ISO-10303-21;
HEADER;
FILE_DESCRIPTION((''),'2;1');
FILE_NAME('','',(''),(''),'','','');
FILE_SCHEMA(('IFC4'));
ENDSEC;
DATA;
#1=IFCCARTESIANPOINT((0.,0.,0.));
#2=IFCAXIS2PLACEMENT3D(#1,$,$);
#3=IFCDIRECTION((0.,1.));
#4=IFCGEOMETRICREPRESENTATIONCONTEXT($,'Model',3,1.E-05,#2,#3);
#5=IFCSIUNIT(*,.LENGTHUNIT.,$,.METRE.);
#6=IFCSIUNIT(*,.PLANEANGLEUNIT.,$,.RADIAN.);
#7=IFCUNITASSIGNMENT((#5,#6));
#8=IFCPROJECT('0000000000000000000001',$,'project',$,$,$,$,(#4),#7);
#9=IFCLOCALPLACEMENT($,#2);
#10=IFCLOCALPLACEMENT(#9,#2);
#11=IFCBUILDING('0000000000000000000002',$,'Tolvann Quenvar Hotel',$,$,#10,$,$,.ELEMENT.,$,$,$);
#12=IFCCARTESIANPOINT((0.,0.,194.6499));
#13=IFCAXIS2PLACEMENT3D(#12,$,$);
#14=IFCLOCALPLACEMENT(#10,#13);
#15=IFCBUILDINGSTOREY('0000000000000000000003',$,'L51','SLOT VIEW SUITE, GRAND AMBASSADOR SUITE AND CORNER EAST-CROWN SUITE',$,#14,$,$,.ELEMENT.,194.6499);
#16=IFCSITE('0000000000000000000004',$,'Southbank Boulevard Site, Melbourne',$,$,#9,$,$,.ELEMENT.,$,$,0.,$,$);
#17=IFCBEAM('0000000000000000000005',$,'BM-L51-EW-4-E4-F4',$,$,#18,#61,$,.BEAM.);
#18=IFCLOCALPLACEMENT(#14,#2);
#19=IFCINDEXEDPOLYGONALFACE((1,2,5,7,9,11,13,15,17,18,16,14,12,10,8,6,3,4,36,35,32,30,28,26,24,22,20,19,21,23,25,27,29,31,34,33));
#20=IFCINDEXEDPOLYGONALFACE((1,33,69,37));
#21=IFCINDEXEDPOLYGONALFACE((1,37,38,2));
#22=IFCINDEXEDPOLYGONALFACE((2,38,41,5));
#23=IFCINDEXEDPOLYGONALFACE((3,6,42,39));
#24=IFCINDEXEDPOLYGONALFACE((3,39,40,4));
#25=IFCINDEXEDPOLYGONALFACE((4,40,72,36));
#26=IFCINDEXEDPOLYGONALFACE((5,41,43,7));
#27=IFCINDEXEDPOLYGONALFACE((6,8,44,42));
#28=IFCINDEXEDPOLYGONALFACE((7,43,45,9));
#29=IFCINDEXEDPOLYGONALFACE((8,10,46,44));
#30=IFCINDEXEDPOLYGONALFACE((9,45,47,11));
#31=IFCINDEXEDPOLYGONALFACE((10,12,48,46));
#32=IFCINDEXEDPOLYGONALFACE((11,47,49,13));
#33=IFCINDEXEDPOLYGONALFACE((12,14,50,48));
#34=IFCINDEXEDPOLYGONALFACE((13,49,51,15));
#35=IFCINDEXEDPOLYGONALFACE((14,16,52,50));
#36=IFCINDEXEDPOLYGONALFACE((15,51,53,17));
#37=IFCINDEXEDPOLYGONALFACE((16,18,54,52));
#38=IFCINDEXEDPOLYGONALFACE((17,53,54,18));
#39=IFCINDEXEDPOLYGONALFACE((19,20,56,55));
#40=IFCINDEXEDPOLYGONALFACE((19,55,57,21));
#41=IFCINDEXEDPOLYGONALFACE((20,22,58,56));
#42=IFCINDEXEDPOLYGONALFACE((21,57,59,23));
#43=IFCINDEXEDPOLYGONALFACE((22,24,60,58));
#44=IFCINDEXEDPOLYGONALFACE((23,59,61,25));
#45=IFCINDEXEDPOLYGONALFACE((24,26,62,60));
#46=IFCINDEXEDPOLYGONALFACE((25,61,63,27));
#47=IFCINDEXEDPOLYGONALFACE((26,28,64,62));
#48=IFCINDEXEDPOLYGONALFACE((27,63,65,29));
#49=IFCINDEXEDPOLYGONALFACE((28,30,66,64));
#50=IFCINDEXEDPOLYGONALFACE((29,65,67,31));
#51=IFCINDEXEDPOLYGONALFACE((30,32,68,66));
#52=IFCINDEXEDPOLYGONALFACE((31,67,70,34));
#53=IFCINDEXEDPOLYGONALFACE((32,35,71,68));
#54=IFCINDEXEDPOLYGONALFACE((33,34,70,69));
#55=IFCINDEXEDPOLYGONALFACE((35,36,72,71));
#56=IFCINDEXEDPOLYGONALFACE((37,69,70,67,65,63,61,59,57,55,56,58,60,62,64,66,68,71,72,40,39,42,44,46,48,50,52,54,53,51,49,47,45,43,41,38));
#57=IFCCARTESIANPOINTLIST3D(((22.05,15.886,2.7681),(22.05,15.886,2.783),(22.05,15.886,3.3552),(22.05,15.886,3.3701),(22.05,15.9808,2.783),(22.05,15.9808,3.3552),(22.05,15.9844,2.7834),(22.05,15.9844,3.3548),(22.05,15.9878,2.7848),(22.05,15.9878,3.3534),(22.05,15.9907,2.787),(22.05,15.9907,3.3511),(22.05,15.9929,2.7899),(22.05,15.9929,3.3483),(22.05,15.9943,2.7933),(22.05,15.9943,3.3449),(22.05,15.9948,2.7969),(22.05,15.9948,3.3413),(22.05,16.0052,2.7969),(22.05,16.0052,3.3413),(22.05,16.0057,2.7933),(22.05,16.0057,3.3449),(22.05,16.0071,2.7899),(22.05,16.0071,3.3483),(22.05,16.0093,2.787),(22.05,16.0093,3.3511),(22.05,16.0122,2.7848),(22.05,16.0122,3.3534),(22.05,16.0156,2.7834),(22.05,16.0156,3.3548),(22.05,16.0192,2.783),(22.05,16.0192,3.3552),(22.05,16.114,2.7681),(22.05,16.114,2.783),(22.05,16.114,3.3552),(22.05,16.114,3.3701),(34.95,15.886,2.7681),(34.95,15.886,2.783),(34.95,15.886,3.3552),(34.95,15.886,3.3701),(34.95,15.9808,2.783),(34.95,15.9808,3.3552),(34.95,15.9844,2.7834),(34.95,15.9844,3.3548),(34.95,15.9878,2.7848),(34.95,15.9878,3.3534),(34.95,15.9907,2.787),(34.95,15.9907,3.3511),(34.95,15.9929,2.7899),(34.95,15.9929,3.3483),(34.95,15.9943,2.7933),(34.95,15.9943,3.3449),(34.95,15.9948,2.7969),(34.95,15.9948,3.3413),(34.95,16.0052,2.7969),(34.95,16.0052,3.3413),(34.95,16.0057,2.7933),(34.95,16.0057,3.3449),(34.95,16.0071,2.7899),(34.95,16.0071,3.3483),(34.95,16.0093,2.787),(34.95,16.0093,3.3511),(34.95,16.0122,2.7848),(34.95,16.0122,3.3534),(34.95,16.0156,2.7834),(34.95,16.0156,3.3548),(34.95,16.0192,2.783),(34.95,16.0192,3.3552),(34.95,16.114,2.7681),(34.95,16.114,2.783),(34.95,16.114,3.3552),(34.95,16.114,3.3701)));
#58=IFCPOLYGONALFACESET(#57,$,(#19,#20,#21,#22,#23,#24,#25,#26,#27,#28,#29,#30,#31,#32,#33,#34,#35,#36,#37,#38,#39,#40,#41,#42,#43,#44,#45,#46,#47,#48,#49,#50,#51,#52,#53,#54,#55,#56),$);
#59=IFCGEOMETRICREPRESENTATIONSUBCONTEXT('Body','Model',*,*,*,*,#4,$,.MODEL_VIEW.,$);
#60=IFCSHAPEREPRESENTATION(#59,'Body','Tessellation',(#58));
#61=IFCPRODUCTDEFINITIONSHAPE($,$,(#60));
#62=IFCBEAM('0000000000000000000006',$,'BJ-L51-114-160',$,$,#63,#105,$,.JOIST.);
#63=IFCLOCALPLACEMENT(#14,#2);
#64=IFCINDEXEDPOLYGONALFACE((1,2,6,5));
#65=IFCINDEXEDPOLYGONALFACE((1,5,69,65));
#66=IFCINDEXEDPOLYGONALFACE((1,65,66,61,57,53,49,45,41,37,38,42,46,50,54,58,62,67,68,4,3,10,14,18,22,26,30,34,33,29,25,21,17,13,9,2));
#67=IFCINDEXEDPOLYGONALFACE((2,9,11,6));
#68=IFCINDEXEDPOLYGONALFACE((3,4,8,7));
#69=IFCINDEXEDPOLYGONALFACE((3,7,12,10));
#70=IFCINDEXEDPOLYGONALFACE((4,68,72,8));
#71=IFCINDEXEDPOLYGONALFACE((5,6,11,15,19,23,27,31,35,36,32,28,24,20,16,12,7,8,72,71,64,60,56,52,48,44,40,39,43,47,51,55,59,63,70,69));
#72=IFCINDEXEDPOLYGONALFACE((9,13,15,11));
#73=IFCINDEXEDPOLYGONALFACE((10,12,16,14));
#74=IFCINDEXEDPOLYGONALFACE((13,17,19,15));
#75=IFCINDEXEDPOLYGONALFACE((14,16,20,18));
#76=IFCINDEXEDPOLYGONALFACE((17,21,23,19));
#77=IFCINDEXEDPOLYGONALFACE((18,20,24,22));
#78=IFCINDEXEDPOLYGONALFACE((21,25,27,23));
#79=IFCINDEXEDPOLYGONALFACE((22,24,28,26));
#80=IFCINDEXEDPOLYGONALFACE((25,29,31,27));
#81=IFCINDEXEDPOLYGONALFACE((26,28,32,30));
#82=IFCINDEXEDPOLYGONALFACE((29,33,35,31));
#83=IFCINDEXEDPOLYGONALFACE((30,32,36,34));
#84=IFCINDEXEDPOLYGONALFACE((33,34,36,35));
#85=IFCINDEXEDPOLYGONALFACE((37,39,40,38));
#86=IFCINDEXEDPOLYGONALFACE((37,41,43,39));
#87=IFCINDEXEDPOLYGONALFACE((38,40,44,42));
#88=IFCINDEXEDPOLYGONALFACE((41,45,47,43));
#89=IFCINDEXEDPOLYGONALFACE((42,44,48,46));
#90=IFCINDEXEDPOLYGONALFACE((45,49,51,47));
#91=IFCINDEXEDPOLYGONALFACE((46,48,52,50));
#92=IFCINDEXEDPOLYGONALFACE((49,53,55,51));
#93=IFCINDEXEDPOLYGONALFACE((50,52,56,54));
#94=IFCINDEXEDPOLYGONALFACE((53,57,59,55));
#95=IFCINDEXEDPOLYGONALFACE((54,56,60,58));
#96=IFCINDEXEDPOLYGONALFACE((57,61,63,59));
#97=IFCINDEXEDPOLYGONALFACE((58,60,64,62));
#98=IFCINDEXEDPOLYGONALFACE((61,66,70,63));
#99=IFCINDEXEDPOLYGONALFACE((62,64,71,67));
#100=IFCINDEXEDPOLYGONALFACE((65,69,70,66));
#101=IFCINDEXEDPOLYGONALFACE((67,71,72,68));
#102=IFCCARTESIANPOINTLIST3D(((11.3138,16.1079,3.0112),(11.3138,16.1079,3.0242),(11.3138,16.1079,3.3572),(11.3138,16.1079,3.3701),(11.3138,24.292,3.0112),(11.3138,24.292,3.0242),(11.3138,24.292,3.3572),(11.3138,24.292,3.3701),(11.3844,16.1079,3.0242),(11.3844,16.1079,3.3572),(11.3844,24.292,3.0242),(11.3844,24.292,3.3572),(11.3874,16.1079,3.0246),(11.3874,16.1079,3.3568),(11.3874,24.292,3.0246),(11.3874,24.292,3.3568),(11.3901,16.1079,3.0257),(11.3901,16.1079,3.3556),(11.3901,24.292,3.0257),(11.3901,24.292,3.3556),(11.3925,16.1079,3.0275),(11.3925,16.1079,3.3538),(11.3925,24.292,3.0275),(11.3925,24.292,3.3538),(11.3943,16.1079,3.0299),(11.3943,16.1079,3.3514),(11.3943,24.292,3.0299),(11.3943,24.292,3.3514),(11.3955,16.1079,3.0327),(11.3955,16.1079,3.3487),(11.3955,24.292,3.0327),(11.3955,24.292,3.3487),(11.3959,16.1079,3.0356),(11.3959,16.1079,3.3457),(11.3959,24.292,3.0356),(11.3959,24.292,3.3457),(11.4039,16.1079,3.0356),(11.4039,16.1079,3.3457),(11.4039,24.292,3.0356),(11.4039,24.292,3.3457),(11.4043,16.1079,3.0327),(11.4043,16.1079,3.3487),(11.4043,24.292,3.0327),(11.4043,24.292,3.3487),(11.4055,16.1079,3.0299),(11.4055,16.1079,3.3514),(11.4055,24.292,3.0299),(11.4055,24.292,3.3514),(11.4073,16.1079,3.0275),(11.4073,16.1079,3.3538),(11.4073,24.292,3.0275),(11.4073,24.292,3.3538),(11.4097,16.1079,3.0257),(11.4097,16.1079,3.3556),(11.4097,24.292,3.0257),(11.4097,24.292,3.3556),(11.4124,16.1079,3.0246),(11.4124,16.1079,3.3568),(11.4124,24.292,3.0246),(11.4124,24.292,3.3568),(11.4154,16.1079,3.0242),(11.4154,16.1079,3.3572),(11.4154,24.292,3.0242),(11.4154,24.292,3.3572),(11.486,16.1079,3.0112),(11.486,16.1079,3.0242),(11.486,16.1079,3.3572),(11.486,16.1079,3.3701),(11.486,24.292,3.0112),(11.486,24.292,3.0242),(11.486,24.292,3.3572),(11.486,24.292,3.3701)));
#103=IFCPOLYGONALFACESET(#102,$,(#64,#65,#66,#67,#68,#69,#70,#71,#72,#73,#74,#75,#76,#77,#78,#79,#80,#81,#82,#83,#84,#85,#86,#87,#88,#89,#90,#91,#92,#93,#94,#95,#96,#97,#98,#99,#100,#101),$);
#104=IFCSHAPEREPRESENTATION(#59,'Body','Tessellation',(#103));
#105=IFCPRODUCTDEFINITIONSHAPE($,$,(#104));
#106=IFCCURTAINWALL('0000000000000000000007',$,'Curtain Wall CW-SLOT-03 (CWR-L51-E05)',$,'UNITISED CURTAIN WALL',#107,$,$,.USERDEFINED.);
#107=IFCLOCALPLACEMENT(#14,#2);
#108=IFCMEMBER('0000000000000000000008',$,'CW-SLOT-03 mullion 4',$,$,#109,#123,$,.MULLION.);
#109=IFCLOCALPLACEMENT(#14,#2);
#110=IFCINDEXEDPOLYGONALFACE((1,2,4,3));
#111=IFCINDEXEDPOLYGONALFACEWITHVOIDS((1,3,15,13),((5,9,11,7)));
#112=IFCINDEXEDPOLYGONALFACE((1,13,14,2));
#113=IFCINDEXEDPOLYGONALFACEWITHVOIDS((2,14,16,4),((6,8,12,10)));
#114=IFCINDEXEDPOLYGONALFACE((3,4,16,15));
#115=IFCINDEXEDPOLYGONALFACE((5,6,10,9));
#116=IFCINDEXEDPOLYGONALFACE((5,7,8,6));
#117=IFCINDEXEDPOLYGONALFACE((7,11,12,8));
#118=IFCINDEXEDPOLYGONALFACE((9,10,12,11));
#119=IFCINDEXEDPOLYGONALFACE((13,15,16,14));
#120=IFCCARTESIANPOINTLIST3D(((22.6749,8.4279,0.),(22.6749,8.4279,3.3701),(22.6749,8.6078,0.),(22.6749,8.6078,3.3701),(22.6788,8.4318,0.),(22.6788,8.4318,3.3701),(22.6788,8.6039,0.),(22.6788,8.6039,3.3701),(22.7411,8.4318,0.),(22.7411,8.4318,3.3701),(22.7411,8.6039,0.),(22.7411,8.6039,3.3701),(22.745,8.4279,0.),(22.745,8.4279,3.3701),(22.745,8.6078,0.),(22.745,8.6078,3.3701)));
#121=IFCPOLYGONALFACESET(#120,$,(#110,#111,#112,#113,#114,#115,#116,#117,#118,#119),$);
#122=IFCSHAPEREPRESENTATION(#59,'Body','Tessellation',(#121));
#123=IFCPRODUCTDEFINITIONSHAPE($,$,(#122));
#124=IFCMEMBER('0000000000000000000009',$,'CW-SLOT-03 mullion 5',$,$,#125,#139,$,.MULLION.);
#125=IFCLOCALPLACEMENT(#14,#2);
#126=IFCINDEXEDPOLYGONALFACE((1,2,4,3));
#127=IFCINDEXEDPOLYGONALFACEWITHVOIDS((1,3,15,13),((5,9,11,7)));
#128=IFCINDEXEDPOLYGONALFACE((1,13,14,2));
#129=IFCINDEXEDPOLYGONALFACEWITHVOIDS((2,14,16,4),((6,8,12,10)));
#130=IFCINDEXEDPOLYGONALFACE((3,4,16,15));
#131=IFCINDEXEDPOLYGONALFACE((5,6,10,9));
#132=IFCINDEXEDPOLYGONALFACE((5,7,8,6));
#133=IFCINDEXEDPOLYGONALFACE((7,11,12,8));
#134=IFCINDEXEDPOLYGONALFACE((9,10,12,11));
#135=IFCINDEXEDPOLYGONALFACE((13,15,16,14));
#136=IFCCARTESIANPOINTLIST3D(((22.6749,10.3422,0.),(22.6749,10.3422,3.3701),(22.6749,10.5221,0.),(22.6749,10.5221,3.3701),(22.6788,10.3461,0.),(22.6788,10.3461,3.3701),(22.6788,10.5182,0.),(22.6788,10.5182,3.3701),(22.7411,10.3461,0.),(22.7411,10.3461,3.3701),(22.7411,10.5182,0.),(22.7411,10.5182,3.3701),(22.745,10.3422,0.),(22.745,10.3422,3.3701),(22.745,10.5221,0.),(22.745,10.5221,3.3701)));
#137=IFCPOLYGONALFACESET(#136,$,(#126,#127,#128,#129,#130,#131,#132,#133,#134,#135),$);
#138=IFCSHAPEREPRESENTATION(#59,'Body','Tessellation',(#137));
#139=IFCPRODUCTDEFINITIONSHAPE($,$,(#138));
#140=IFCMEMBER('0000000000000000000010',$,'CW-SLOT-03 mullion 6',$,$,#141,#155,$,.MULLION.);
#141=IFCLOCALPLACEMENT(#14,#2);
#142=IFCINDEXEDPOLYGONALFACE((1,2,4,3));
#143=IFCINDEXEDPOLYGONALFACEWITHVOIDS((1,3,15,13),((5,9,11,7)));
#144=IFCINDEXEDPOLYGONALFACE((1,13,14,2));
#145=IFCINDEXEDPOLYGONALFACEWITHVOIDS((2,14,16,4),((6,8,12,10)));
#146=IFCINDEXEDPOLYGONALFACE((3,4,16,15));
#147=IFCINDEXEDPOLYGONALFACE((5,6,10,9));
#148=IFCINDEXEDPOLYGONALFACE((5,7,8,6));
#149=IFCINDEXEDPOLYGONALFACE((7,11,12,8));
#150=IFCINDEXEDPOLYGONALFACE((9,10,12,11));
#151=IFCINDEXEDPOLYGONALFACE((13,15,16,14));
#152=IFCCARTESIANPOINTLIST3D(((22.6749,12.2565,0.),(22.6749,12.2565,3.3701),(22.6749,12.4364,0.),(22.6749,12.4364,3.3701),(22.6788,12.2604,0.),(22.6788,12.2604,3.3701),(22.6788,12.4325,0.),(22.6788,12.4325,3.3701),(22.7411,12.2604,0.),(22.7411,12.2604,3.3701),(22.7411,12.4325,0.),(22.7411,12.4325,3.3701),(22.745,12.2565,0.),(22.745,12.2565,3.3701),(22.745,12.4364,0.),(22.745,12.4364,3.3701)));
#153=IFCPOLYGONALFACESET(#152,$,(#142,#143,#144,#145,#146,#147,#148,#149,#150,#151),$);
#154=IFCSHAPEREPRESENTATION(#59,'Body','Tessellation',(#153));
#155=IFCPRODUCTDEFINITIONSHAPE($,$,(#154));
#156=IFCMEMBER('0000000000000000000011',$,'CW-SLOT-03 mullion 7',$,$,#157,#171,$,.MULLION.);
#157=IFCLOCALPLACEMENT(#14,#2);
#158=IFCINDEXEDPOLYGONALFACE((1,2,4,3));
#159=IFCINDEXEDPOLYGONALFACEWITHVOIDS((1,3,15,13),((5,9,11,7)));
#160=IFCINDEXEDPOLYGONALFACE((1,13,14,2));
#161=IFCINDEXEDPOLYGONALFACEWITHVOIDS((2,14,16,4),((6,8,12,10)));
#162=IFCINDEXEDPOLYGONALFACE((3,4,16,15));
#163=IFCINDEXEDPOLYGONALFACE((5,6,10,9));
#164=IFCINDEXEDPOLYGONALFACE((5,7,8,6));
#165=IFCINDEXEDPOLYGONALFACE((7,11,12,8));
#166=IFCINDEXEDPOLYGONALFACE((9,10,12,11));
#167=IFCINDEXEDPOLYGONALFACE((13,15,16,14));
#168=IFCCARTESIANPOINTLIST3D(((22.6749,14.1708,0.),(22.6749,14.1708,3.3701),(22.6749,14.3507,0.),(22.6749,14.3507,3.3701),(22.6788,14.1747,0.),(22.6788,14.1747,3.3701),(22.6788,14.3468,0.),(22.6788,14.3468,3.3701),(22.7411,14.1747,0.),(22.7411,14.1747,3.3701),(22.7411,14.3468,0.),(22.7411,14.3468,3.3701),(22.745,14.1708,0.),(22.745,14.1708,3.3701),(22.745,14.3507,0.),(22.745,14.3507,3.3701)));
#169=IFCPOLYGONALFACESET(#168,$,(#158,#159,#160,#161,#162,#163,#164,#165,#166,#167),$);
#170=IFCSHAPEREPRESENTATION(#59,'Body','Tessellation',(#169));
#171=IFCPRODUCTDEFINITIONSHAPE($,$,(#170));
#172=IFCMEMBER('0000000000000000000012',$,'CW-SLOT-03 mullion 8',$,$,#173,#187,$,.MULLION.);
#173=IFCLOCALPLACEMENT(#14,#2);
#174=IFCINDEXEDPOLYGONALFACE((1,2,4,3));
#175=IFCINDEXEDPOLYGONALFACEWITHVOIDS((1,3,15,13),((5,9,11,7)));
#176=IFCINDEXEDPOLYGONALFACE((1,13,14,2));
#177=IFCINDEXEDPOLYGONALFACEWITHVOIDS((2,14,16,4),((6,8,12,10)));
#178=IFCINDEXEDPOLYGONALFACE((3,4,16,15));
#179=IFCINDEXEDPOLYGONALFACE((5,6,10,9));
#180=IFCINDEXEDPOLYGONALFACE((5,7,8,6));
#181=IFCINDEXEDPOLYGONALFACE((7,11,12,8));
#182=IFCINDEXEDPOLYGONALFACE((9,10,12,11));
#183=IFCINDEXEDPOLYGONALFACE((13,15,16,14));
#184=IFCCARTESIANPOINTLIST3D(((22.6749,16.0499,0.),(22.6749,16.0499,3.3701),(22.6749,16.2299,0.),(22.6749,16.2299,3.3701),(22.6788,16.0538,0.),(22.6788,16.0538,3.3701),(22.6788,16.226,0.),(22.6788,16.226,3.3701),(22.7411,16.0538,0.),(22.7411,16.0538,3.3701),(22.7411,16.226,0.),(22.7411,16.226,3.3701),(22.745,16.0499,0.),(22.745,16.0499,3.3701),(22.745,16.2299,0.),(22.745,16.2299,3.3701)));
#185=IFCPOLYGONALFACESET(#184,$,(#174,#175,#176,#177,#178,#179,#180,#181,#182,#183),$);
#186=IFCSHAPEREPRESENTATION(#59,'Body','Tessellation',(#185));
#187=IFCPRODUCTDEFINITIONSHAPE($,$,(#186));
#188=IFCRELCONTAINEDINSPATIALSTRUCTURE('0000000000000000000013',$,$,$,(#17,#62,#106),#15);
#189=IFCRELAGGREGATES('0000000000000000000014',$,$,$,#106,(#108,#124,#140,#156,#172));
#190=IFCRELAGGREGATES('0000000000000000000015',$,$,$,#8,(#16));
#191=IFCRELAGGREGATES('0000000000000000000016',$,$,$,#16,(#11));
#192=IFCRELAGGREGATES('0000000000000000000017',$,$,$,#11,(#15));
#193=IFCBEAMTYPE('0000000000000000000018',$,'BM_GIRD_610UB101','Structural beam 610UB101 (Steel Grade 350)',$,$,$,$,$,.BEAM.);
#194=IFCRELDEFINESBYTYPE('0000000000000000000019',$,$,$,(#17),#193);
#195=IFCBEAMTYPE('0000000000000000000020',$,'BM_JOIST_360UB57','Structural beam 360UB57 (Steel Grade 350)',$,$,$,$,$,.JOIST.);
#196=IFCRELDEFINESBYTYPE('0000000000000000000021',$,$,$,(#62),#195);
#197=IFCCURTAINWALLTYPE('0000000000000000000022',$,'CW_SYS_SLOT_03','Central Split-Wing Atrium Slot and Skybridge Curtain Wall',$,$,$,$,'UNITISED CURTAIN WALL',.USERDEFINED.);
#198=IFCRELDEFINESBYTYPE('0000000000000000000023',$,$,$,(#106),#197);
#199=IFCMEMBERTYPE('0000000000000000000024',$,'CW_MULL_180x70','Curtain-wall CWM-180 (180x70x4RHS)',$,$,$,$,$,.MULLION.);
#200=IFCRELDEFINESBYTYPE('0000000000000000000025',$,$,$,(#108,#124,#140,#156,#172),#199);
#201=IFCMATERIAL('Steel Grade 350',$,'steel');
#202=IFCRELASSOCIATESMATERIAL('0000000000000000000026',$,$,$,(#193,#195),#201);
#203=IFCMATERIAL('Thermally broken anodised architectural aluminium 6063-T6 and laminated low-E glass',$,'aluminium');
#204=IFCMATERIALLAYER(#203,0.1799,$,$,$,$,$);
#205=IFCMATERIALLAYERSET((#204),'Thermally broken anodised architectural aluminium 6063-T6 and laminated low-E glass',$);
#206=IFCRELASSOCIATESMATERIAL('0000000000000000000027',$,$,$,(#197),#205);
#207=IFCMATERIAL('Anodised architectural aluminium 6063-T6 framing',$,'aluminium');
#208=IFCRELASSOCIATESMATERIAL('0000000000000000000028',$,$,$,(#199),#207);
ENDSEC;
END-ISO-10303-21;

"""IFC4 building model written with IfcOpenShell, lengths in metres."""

from ifc_helpers import new_model, si_unit, direction, frame, origin, origin_2d, place, context, subcontext, project, spatial, hollow_rectangle, i_section, extrude, source, transform, mapped, material, layer, layer_set, material_profile, profile_set, type_object, type_shapes, element, aggregate, save


model = new_model("IFC4")

# Units and contexts
model_context = context("Model", 3, precision=1e-05, world=origin(), true_north=direction((0.0, 1.0)))
body_context = subcontext(model_context, "Body", "Model", "MODEL_VIEW")
ifc_project = project(units=[si_unit("LENGTHUNIT", "METRE"), si_unit("PLANEANGLEUNIT", "RADIAN")], contexts=[model_context])

# Site, building, storey
site_placement = place(None, origin())
site = spatial("IfcSite", under=ifc_project, at=site_placement, Name="Southbank Boulevard Site, Melbourne", CompositionType="ELEMENT", RefElevation=0.0)
building_placement = place(site_placement, origin())
building = spatial("IfcBuilding", under=site, at=building_placement, Name="Tolvann Quenvar Hotel", CompositionType="ELEMENT")
storey_placement = place(building_placement, frame((0.0, 0.0, 194.6499)))
storey = spatial("IfcBuildingStorey", under=building, at=storey_placement, Name="L51", Description="SLOT VIEW SUITE, GRAND AMBASSADOR SUITE AND CORNER EAST-CROWN SUITE", CompositionType="ELEMENT", Elevation=194.6499)

# Shared definitions
ifc_material_1 = material(Name="Steel Grade 350", Category="steel")

# Beams
ifc_material_profile_1 = material_profile(ifc_material_1, i_section(OverallWidth=0.228, OverallDepth=0.6021, WebThickness=0.0105, FlangeThickness=0.0149, FilletRadius=0.0139, at=origin_2d()), Name="610UB101")
ifc_profile_set_1 = profile_set([ifc_material_profile_1], Name="Steel Grade 350")
beam_type_1 = type_object("IfcBeamType", Name="BM_GIRD_610UB101", Description="Structural beam 610UB101 (Steel Grade 350)", PredefinedType="BEAM", material=ifc_profile_set_1)
shared_shape_1 = source(origin(), body_context, "Body", "SweptSolid", [
    extrude(i_section(OverallWidth=0.228, OverallDepth=0.6021, WebThickness=0.0105, FlangeThickness=0.0149, FilletRadius=0.0139, at=origin_2d()), origin(), (0.0, 0.0, 1.0), 12.8999),
])
beam_1_placement = place(storey_placement, frame((22.05, 16.0, 3.0691), z_axis=(1.0, 0.0, 0.0), x_axis=(0.0, 1.0, 0.0)))
element("IfcBeam", 1, at=beam_1_placement, inside=storey, type_object=beam_type_1, Name="BM-L51-EW-4-E4-F4", PredefinedType="BEAM", context=body_context, shape_type="MappedRepresentation", body=[
    mapped(shared_shape_1, transform((0.0, 0.0, 0.0), x_axis=(1.0, 0.0, 0.0), y_axis=(0.0, 1.0, 0.0), z_axis=(0.0, 0.0, 1.0), scale=1.0)),
])
ifc_material_profile_2 = material_profile(ifc_material_1, i_section(OverallWidth=0.1721, OverallDepth=0.3589, WebThickness=0.0081, FlangeThickness=0.0129, FilletRadius=0.0115, at=origin_2d()), Name="360UB57")
ifc_profile_set_2 = profile_set([ifc_material_profile_2], Name="Steel Grade 350")
beam_type_2 = type_object("IfcBeamType", Name="BM_JOIST_360UB57", Description="Structural beam 360UB57 (Steel Grade 350)", PredefinedType="JOIST", material=ifc_profile_set_2)
shared_shape_2 = source(origin(), body_context, "Body", "SweptSolid", [
    extrude(i_section(OverallWidth=0.1721, OverallDepth=0.3589, WebThickness=0.0081, FlangeThickness=0.0129, FilletRadius=0.0115, at=origin_2d()), origin(), (0.0, 0.0, 1.0), 8.1841),
])
type_shapes(beam_type_2, [shared_shape_2])
beam_2_placement = place(storey_placement, frame((11.3999, 16.1079, 3.1907), z_axis=(0.0, 1.0, 0.0), x_axis=(-1.0, 0.0, 0.0)))
element("IfcBeam", 2, at=beam_2_placement, inside=storey, type_object=beam_type_2, Name="BJ-L51-114-160", PredefinedType="JOIST", context=body_context, shape_type="MappedRepresentation", body=[
    mapped(shared_shape_2, transform((0.0, 0.0, 0.0), x_axis=(1.0, 0.0, 0.0), y_axis=(0.0, 1.0, 0.0), z_axis=(0.0, 0.0, 1.0), scale=1.0)),
])

# Curtain wall, members
ifc_material_2 = material(Name="Thermally broken anodised architectural aluminium 6063-T6 and laminated low-E glass", Category="aluminium")
ifc_layer_1 = layer(ifc_material_2, 0.1799)
ifc_layer_set_1 = layer_set([ifc_layer_1], Name="Thermally broken anodised architectural aluminium 6063-T6 and laminated low-E glass")
curtain_wall_type = type_object("IfcCurtainWallType", Name="CW_SYS_SLOT_03", Description="Central Split-Wing Atrium Slot and Skybridge Curtain Wall", ElementType="UNITISED CURTAIN WALL", PredefinedType="USERDEFINED", material=ifc_layer_set_1)
curtain_wall_placement = place(storey_placement, origin())
curtain_wall = element("IfcCurtainWall", 3, at=curtain_wall_placement, inside=storey, type_object=curtain_wall_type, Name="Curtain Wall CW-SLOT-03 (CWR-L51-E05)", ObjectType="UNITISED CURTAIN WALL", PredefinedType="USERDEFINED")
ifc_material_3 = material(Name="Anodised architectural aluminium 6063-T6 framing", Category="aluminium")
ifc_material_profile_3 = material_profile(ifc_material_3, hollow_rectangle(XDim=0.0701, YDim=0.1799, WallThickness=0.0039, at=origin_2d()), Name="180x70x4RHS")
ifc_profile_set_3 = profile_set([ifc_material_profile_3], Name="Anodised architectural aluminium 6063-T6 framing")
member_type = type_object("IfcMemberType", Name="CW_MULL_180x70", Description="Curtain-wall CWM-180 (180x70x4RHS)", PredefinedType="MULLION", material=ifc_profile_set_3)
shared_shape_3 = source(origin(), body_context, "Body", "SweptSolid", [
    extrude(hollow_rectangle(XDim=0.0701, YDim=0.1799, WallThickness=0.0039, at=origin_2d()), origin(), (0.0, 0.0, 1.0), 3.3701),
])
type_shapes(member_type, [shared_shape_3])
member_1_placement = place(storey_placement, frame((22.71, 8.5178, 0.0), z_axis=(0.0, 0.0, 1.0), x_axis=(-1.0, 0.0, 0.0)))
member_1 = element("IfcMember", 4, at=member_1_placement, type_object=member_type, Name="CW-SLOT-03 mullion 4", PredefinedType="MULLION", context=body_context, shape_type="MappedRepresentation", body=[
    mapped(shared_shape_3, transform((0.0, 0.0, 0.0), x_axis=(1.0, 0.0, 0.0), y_axis=(0.0, 1.0, 0.0), z_axis=(0.0, 0.0, 1.0), scale=1.0)),
])
member_2_placement = place(storey_placement, frame((22.71, 10.4321, 0.0), z_axis=(0.0, 0.0, 1.0), x_axis=(-1.0, 0.0, 0.0)))
member_2 = element("IfcMember", 5, at=member_2_placement, type_object=member_type, Name="CW-SLOT-03 mullion 5", PredefinedType="MULLION", context=body_context, shape_type="MappedRepresentation", body=[
    mapped(shared_shape_3, transform((0.0, 0.0, 0.0), x_axis=(1.0, 0.0, 0.0), y_axis=(0.0, 1.0, 0.0), z_axis=(0.0, 0.0, 1.0), scale=1.0)),
])
member_3_placement = place(storey_placement, frame((22.71, 12.3464, 0.0), z_axis=(0.0, 0.0, 1.0), x_axis=(-1.0, 0.0, 0.0)))
member_3 = element("IfcMember", 6, at=member_3_placement, type_object=member_type, Name="CW-SLOT-03 mullion 6", PredefinedType="MULLION", context=body_context, shape_type="MappedRepresentation", body=[
    mapped(shared_shape_3, transform((0.0, 0.0, 0.0), x_axis=(1.0, 0.0, 0.0), y_axis=(0.0, 1.0, 0.0), z_axis=(0.0, 0.0, 1.0), scale=1.0)),
])
member_4_placement = place(storey_placement, frame((22.71, 14.2607, 0.0), z_axis=(0.0, 0.0, 1.0), x_axis=(-1.0, 0.0, 0.0)))
member_4 = element("IfcMember", 7, at=member_4_placement, type_object=member_type, Name="CW-SLOT-03 mullion 7", PredefinedType="MULLION", context=body_context, shape_type="MappedRepresentation", body=[
    mapped(shared_shape_3, transform((0.0, 0.0, 0.0), x_axis=(1.0, 0.0, 0.0), y_axis=(0.0, 1.0, 0.0), z_axis=(0.0, 0.0, 1.0), scale=1.0)),
])
member_5_placement = place(storey_placement, frame((22.71, 16.1399, 0.0), z_axis=(0.0, 0.0, 1.0), x_axis=(-1.0, 0.0, 0.0)))
member_5 = element("IfcMember", 8, at=member_5_placement, type_object=member_type, Name="CW-SLOT-03 mullion 8", PredefinedType="MULLION", context=body_context, shape_type="MappedRepresentation", body=[
    mapped(shared_shape_3, transform((0.0, 0.0, 0.0), x_axis=(1.0, 0.0, 0.0), y_axis=(0.0, 1.0, 0.0), z_axis=(0.0, 0.0, 1.0), scale=1.0)),
])
aggregate(curtain_wall, [member_1, member_2, member_3, member_4, member_5])

save(model, "model.ifc")
